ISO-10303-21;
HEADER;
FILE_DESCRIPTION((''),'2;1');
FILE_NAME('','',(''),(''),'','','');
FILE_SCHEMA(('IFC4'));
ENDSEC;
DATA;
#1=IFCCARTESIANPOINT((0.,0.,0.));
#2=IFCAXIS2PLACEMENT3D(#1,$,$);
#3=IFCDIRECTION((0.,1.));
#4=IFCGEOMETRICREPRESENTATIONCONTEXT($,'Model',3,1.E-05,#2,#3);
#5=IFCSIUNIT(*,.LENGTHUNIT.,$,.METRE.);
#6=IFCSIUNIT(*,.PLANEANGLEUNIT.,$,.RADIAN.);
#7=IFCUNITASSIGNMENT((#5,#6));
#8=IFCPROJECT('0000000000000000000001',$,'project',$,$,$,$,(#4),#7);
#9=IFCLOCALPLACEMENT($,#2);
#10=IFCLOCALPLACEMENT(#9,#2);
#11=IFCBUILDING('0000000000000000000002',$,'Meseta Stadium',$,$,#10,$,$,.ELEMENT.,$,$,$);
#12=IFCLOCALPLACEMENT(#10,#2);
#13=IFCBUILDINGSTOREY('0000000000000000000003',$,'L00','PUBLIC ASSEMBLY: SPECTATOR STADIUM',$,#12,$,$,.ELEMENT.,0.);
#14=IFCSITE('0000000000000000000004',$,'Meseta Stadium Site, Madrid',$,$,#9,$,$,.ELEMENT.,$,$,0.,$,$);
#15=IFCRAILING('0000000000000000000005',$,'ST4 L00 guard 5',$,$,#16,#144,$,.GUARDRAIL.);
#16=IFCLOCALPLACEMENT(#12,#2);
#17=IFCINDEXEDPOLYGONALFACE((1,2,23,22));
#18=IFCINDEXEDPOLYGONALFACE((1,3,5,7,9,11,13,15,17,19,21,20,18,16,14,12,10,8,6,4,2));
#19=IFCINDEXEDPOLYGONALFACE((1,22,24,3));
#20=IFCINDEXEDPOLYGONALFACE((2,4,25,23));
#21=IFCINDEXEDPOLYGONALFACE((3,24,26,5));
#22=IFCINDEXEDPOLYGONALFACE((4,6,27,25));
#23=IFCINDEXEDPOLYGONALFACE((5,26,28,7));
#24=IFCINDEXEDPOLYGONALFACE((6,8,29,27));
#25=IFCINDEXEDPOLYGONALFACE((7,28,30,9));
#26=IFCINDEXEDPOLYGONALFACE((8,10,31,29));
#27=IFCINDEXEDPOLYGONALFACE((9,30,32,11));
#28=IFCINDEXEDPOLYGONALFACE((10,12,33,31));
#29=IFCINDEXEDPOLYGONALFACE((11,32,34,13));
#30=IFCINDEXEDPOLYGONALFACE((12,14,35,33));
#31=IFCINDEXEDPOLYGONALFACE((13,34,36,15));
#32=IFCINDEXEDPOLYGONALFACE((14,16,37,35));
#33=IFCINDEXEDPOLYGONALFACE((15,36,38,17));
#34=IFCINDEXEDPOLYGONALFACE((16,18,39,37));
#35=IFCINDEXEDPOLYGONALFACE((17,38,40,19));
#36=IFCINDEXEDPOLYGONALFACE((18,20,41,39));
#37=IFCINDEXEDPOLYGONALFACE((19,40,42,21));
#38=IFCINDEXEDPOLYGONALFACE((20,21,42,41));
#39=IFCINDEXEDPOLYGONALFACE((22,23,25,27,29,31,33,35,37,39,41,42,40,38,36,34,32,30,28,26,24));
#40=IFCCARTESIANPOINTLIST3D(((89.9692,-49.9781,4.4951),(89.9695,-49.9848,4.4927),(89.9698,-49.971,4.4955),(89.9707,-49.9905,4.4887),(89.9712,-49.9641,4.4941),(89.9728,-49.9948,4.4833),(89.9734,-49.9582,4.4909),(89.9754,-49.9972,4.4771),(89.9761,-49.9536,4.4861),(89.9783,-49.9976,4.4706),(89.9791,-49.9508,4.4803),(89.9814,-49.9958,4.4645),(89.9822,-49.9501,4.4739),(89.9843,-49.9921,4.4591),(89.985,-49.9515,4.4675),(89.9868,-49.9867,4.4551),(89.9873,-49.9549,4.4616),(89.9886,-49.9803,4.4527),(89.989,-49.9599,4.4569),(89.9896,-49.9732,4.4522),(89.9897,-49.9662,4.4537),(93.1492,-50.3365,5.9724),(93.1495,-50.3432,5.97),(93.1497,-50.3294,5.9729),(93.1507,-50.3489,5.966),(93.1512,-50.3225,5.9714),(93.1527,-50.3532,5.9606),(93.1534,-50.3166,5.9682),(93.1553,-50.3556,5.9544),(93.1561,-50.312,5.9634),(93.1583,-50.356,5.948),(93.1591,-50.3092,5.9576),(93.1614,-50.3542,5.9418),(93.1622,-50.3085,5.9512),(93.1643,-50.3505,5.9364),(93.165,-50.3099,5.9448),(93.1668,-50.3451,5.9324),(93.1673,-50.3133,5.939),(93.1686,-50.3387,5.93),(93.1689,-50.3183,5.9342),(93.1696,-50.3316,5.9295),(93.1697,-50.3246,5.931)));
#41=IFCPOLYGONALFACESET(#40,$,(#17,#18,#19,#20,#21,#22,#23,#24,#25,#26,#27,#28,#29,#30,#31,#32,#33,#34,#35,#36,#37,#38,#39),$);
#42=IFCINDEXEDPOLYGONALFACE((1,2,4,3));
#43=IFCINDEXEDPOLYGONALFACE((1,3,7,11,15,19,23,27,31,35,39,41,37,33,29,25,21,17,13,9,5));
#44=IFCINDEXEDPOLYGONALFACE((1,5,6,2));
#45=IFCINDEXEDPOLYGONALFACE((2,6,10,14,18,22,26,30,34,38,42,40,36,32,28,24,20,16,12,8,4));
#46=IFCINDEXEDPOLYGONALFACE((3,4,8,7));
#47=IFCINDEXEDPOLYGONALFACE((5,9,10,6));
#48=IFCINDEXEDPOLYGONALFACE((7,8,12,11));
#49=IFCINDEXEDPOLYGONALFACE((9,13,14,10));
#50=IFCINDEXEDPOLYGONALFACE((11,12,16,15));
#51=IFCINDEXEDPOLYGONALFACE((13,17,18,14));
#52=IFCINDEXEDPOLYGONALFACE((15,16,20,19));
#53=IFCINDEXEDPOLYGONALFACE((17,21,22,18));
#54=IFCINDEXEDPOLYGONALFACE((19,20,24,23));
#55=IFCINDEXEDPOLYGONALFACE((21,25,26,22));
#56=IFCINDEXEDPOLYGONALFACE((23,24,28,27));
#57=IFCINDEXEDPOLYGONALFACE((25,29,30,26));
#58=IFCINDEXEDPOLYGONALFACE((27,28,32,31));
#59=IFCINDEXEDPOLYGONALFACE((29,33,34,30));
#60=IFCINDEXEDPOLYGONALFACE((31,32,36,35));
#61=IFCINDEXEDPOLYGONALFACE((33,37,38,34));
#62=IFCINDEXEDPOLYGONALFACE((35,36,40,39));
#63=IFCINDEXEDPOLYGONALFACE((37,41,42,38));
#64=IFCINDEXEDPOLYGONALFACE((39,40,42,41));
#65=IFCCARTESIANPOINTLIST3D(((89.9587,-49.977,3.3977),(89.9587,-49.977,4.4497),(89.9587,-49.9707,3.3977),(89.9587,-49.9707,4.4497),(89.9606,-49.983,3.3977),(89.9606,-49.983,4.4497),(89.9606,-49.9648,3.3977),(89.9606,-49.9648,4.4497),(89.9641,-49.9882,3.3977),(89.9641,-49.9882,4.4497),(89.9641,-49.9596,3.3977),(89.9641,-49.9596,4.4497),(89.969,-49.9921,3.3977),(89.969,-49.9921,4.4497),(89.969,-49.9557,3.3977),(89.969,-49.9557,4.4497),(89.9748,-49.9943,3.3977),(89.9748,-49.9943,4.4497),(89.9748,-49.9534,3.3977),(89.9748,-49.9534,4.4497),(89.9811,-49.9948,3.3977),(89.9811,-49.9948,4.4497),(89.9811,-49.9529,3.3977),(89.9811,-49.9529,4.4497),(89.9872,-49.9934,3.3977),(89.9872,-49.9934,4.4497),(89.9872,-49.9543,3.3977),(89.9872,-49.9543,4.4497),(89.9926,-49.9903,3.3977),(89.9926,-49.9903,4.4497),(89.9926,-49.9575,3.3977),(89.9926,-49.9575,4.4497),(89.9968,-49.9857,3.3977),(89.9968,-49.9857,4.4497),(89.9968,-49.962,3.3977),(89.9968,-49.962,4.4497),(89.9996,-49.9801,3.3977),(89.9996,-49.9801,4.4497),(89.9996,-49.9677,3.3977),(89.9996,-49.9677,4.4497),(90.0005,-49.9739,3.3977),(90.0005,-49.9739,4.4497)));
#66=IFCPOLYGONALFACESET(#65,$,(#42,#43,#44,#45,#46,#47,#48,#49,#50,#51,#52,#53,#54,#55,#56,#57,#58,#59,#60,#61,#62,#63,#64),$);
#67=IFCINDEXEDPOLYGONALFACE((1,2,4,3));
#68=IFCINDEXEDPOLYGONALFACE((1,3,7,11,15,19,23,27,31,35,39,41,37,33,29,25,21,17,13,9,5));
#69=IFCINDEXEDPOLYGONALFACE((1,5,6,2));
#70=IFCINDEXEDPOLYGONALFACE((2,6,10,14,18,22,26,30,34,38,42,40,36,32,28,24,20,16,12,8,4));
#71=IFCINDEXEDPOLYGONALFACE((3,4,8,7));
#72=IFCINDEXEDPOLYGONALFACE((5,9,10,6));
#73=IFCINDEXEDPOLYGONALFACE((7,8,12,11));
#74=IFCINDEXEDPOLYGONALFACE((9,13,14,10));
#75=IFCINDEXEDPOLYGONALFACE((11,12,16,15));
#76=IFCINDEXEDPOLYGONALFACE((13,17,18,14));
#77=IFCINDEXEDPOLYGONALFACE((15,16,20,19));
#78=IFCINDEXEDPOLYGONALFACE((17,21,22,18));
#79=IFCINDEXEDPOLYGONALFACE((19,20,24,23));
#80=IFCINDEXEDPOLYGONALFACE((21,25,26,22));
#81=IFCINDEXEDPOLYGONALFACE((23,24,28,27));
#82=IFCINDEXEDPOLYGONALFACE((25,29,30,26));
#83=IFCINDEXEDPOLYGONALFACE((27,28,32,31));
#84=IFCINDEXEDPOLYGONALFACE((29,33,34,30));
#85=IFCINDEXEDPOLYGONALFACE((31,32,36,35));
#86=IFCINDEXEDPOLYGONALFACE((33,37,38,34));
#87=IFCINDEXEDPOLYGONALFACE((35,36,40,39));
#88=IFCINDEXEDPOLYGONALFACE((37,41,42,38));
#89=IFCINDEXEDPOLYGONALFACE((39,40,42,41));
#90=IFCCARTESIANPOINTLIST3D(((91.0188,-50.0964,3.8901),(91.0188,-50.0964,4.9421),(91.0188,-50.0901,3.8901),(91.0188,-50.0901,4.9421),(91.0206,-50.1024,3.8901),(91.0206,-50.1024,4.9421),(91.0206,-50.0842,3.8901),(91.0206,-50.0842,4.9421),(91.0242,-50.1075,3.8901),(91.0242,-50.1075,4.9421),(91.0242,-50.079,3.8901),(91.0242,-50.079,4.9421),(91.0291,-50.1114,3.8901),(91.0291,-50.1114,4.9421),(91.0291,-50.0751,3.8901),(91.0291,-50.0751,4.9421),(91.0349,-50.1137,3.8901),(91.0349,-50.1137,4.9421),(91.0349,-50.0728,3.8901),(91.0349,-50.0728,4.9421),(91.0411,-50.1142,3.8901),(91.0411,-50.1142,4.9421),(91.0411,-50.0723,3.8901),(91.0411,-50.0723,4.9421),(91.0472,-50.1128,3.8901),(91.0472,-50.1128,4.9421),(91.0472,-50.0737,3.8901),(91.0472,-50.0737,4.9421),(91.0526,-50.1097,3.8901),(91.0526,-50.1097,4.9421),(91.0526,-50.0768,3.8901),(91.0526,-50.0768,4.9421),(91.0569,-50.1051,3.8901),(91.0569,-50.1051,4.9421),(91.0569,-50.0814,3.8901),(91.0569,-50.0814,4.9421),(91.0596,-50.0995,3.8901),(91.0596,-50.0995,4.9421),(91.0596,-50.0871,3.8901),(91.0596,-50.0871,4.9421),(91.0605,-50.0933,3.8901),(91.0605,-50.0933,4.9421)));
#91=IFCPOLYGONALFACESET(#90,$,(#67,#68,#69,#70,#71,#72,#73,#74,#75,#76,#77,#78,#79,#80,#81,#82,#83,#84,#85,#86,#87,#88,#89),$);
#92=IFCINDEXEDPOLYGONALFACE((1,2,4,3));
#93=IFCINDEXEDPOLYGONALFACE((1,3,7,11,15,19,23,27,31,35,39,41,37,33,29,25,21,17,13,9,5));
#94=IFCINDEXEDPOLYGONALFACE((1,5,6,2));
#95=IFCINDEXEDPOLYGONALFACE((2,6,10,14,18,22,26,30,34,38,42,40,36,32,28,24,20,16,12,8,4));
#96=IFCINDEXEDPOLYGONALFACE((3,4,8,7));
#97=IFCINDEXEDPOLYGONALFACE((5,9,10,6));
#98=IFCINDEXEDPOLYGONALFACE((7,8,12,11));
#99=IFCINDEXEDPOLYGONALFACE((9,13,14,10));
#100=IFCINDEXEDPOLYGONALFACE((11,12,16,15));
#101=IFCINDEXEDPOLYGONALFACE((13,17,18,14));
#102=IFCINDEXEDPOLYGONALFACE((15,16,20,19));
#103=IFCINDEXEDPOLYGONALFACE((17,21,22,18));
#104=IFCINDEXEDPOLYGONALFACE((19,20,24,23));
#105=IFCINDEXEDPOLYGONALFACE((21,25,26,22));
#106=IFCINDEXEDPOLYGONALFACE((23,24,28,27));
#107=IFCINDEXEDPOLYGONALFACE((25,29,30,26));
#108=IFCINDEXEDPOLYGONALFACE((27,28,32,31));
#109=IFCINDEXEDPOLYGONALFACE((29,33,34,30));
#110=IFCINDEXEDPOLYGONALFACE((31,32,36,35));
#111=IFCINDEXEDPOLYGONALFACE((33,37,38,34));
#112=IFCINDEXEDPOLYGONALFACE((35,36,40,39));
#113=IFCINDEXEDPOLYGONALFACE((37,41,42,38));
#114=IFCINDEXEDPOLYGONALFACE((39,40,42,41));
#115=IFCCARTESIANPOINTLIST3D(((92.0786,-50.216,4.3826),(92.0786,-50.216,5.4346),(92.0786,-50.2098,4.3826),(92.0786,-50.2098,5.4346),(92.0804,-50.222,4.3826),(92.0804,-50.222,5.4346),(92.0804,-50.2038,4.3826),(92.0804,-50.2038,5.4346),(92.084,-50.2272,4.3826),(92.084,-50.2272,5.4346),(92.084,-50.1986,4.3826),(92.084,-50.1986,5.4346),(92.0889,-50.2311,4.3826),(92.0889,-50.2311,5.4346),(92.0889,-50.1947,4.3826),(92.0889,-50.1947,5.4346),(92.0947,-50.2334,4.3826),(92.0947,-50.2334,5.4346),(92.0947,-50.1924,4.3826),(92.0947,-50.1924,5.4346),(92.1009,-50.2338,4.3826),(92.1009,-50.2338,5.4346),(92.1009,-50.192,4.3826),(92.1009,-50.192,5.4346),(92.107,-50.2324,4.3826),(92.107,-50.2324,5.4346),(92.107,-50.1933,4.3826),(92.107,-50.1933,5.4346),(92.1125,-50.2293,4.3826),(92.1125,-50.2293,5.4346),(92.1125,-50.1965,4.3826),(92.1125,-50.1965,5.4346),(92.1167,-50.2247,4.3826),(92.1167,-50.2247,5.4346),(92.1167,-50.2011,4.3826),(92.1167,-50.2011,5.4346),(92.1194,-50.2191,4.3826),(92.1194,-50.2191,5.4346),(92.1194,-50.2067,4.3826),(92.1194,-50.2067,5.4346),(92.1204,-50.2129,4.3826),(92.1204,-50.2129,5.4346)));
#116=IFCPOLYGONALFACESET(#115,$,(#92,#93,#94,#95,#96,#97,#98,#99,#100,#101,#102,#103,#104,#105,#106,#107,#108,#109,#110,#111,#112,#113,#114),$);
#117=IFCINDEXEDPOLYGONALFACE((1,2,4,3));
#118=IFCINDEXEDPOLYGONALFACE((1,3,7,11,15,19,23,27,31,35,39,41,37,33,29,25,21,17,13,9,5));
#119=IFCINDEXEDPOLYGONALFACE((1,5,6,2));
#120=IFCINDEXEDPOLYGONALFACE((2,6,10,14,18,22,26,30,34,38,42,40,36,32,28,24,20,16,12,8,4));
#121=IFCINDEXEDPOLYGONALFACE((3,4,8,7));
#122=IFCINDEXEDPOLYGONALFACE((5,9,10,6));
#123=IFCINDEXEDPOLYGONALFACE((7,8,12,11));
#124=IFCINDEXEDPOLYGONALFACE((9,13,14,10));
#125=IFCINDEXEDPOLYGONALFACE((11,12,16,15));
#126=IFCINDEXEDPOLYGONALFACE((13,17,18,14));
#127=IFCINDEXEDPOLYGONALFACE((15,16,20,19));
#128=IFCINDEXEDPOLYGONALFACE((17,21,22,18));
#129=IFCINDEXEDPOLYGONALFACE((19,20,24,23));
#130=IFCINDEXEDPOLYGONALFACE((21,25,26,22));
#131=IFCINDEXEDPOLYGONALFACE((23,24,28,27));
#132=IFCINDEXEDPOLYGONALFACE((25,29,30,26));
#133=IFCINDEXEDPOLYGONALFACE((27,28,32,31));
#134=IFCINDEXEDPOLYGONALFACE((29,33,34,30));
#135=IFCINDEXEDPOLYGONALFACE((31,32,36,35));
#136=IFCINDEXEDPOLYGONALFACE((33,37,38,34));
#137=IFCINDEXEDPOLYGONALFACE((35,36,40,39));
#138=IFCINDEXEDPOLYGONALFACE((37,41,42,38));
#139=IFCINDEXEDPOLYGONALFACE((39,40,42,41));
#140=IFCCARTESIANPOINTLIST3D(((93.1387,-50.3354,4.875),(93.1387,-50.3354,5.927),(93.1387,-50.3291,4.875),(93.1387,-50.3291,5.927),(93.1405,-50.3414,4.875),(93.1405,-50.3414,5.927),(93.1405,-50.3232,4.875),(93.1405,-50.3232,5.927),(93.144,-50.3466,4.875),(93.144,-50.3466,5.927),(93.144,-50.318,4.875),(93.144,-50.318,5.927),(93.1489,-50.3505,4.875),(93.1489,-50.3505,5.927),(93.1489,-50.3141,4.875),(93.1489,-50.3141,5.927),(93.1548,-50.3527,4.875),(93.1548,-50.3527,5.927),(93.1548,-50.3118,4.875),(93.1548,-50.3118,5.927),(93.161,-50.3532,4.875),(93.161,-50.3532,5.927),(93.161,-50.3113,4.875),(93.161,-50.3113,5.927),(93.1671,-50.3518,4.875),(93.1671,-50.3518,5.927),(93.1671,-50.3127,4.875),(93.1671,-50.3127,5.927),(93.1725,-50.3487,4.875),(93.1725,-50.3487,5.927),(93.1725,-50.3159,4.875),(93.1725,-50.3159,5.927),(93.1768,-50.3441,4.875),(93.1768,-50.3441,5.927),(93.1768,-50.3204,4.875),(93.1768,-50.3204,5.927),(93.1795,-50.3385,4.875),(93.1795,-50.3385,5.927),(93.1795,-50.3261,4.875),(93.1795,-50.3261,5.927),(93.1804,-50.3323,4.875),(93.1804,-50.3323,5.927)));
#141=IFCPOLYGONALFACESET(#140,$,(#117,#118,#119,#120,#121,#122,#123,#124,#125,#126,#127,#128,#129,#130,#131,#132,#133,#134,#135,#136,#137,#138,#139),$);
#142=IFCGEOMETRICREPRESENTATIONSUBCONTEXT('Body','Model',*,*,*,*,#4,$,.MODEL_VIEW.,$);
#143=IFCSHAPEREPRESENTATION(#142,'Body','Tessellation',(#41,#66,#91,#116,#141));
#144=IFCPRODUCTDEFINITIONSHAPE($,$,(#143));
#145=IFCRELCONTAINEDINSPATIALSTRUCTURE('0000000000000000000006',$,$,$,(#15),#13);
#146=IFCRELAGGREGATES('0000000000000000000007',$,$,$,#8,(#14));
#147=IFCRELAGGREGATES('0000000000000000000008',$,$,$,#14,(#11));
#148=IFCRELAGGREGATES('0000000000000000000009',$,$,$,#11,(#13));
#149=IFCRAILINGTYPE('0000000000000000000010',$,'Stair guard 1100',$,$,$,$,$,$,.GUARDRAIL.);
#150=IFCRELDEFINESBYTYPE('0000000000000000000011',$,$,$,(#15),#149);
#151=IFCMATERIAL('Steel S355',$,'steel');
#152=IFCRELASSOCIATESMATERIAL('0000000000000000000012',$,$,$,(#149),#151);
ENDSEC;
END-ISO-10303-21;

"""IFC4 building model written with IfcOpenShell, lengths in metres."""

from ifc_helpers import new_model, si_unit, direction, frame, origin, origin_2d, place, context, subcontext, project, spatial, circle, extrude, material, type_object, element, save


model = new_model("IFC4")

# Units and contexts
model_context = context("Model", 3, precision=1e-05, world=origin(), true_north=direction((0.0, 1.0)))
body_context = subcontext(model_context, "Body", "Model", "MODEL_VIEW")
ifc_project = project(units=[si_unit("LENGTHUNIT", "METRE"), si_unit("PLANEANGLEUNIT", "RADIAN")], contexts=[model_context])

# Site, building, storey
site_placement = place(None, origin())
site = spatial("IfcSite", under=ifc_project, at=site_placement, Name="Meseta Stadium Site, Madrid", CompositionType="ELEMENT", RefElevation=0.0)
building_placement = place(site_placement, origin())
building = spatial("IfcBuilding", under=site, at=building_placement, Name="Meseta Stadium", CompositionType="ELEMENT")
storey_placement = place(building_placement, origin())
storey = spatial("IfcBuildingStorey", under=building, at=storey_placement, Name="L00", Description="PUBLIC ASSEMBLY: SPECTATOR STADIUM", CompositionType="ELEMENT", Elevation=0.0)

# Railing
ifc_material_1 = material(Name="Steel S355", Category="steel")
railing_type_1 = type_object("IfcRailingType", Name="Stair guard 1100", PredefinedType="GUARDRAIL", material=ifc_material_1)
railing_1_placement = place(storey_placement, frame((89.9795, -49.9739, 3.3977)))
element("IfcRailing", 1, at=railing_1_placement, inside=storey, type_object=railing_type_1, Name="ST4 L00 guard 5", PredefinedType="GUARDRAIL", context=body_context, shape_type="SweptSolid", body=[
    extrude(circle(Radius=0.0239, at=origin_2d()), frame((0.0, 0.0, 1.0762), z_axis=(0.90221, -0.101685, 0.419138), x_axis=(0.111997, 0.993709, 0.0)), (0.0, 0.0, 1.0), 3.5247),
    extrude(circle(Radius=0.021, at=origin_2d()), origin(), (0.0, 0.0, 1.0), 1.052),
    extrude(circle(Radius=0.021, at=origin_2d()), frame((1.0601, -0.1194, 0.4924)), (0.0, 0.0, 1.0), 1.052),
    extrude(circle(Radius=0.021, at=origin_2d()), frame((2.1199, -0.239, 0.9849)), (0.0, 0.0, 1.0), 1.052),
    extrude(circle(Radius=0.021, at=origin_2d()), frame((3.1799, -0.3584, 1.4773)), (0.0, 0.0, 1.0), 1.052),
])

save(model, "model.ifc")
